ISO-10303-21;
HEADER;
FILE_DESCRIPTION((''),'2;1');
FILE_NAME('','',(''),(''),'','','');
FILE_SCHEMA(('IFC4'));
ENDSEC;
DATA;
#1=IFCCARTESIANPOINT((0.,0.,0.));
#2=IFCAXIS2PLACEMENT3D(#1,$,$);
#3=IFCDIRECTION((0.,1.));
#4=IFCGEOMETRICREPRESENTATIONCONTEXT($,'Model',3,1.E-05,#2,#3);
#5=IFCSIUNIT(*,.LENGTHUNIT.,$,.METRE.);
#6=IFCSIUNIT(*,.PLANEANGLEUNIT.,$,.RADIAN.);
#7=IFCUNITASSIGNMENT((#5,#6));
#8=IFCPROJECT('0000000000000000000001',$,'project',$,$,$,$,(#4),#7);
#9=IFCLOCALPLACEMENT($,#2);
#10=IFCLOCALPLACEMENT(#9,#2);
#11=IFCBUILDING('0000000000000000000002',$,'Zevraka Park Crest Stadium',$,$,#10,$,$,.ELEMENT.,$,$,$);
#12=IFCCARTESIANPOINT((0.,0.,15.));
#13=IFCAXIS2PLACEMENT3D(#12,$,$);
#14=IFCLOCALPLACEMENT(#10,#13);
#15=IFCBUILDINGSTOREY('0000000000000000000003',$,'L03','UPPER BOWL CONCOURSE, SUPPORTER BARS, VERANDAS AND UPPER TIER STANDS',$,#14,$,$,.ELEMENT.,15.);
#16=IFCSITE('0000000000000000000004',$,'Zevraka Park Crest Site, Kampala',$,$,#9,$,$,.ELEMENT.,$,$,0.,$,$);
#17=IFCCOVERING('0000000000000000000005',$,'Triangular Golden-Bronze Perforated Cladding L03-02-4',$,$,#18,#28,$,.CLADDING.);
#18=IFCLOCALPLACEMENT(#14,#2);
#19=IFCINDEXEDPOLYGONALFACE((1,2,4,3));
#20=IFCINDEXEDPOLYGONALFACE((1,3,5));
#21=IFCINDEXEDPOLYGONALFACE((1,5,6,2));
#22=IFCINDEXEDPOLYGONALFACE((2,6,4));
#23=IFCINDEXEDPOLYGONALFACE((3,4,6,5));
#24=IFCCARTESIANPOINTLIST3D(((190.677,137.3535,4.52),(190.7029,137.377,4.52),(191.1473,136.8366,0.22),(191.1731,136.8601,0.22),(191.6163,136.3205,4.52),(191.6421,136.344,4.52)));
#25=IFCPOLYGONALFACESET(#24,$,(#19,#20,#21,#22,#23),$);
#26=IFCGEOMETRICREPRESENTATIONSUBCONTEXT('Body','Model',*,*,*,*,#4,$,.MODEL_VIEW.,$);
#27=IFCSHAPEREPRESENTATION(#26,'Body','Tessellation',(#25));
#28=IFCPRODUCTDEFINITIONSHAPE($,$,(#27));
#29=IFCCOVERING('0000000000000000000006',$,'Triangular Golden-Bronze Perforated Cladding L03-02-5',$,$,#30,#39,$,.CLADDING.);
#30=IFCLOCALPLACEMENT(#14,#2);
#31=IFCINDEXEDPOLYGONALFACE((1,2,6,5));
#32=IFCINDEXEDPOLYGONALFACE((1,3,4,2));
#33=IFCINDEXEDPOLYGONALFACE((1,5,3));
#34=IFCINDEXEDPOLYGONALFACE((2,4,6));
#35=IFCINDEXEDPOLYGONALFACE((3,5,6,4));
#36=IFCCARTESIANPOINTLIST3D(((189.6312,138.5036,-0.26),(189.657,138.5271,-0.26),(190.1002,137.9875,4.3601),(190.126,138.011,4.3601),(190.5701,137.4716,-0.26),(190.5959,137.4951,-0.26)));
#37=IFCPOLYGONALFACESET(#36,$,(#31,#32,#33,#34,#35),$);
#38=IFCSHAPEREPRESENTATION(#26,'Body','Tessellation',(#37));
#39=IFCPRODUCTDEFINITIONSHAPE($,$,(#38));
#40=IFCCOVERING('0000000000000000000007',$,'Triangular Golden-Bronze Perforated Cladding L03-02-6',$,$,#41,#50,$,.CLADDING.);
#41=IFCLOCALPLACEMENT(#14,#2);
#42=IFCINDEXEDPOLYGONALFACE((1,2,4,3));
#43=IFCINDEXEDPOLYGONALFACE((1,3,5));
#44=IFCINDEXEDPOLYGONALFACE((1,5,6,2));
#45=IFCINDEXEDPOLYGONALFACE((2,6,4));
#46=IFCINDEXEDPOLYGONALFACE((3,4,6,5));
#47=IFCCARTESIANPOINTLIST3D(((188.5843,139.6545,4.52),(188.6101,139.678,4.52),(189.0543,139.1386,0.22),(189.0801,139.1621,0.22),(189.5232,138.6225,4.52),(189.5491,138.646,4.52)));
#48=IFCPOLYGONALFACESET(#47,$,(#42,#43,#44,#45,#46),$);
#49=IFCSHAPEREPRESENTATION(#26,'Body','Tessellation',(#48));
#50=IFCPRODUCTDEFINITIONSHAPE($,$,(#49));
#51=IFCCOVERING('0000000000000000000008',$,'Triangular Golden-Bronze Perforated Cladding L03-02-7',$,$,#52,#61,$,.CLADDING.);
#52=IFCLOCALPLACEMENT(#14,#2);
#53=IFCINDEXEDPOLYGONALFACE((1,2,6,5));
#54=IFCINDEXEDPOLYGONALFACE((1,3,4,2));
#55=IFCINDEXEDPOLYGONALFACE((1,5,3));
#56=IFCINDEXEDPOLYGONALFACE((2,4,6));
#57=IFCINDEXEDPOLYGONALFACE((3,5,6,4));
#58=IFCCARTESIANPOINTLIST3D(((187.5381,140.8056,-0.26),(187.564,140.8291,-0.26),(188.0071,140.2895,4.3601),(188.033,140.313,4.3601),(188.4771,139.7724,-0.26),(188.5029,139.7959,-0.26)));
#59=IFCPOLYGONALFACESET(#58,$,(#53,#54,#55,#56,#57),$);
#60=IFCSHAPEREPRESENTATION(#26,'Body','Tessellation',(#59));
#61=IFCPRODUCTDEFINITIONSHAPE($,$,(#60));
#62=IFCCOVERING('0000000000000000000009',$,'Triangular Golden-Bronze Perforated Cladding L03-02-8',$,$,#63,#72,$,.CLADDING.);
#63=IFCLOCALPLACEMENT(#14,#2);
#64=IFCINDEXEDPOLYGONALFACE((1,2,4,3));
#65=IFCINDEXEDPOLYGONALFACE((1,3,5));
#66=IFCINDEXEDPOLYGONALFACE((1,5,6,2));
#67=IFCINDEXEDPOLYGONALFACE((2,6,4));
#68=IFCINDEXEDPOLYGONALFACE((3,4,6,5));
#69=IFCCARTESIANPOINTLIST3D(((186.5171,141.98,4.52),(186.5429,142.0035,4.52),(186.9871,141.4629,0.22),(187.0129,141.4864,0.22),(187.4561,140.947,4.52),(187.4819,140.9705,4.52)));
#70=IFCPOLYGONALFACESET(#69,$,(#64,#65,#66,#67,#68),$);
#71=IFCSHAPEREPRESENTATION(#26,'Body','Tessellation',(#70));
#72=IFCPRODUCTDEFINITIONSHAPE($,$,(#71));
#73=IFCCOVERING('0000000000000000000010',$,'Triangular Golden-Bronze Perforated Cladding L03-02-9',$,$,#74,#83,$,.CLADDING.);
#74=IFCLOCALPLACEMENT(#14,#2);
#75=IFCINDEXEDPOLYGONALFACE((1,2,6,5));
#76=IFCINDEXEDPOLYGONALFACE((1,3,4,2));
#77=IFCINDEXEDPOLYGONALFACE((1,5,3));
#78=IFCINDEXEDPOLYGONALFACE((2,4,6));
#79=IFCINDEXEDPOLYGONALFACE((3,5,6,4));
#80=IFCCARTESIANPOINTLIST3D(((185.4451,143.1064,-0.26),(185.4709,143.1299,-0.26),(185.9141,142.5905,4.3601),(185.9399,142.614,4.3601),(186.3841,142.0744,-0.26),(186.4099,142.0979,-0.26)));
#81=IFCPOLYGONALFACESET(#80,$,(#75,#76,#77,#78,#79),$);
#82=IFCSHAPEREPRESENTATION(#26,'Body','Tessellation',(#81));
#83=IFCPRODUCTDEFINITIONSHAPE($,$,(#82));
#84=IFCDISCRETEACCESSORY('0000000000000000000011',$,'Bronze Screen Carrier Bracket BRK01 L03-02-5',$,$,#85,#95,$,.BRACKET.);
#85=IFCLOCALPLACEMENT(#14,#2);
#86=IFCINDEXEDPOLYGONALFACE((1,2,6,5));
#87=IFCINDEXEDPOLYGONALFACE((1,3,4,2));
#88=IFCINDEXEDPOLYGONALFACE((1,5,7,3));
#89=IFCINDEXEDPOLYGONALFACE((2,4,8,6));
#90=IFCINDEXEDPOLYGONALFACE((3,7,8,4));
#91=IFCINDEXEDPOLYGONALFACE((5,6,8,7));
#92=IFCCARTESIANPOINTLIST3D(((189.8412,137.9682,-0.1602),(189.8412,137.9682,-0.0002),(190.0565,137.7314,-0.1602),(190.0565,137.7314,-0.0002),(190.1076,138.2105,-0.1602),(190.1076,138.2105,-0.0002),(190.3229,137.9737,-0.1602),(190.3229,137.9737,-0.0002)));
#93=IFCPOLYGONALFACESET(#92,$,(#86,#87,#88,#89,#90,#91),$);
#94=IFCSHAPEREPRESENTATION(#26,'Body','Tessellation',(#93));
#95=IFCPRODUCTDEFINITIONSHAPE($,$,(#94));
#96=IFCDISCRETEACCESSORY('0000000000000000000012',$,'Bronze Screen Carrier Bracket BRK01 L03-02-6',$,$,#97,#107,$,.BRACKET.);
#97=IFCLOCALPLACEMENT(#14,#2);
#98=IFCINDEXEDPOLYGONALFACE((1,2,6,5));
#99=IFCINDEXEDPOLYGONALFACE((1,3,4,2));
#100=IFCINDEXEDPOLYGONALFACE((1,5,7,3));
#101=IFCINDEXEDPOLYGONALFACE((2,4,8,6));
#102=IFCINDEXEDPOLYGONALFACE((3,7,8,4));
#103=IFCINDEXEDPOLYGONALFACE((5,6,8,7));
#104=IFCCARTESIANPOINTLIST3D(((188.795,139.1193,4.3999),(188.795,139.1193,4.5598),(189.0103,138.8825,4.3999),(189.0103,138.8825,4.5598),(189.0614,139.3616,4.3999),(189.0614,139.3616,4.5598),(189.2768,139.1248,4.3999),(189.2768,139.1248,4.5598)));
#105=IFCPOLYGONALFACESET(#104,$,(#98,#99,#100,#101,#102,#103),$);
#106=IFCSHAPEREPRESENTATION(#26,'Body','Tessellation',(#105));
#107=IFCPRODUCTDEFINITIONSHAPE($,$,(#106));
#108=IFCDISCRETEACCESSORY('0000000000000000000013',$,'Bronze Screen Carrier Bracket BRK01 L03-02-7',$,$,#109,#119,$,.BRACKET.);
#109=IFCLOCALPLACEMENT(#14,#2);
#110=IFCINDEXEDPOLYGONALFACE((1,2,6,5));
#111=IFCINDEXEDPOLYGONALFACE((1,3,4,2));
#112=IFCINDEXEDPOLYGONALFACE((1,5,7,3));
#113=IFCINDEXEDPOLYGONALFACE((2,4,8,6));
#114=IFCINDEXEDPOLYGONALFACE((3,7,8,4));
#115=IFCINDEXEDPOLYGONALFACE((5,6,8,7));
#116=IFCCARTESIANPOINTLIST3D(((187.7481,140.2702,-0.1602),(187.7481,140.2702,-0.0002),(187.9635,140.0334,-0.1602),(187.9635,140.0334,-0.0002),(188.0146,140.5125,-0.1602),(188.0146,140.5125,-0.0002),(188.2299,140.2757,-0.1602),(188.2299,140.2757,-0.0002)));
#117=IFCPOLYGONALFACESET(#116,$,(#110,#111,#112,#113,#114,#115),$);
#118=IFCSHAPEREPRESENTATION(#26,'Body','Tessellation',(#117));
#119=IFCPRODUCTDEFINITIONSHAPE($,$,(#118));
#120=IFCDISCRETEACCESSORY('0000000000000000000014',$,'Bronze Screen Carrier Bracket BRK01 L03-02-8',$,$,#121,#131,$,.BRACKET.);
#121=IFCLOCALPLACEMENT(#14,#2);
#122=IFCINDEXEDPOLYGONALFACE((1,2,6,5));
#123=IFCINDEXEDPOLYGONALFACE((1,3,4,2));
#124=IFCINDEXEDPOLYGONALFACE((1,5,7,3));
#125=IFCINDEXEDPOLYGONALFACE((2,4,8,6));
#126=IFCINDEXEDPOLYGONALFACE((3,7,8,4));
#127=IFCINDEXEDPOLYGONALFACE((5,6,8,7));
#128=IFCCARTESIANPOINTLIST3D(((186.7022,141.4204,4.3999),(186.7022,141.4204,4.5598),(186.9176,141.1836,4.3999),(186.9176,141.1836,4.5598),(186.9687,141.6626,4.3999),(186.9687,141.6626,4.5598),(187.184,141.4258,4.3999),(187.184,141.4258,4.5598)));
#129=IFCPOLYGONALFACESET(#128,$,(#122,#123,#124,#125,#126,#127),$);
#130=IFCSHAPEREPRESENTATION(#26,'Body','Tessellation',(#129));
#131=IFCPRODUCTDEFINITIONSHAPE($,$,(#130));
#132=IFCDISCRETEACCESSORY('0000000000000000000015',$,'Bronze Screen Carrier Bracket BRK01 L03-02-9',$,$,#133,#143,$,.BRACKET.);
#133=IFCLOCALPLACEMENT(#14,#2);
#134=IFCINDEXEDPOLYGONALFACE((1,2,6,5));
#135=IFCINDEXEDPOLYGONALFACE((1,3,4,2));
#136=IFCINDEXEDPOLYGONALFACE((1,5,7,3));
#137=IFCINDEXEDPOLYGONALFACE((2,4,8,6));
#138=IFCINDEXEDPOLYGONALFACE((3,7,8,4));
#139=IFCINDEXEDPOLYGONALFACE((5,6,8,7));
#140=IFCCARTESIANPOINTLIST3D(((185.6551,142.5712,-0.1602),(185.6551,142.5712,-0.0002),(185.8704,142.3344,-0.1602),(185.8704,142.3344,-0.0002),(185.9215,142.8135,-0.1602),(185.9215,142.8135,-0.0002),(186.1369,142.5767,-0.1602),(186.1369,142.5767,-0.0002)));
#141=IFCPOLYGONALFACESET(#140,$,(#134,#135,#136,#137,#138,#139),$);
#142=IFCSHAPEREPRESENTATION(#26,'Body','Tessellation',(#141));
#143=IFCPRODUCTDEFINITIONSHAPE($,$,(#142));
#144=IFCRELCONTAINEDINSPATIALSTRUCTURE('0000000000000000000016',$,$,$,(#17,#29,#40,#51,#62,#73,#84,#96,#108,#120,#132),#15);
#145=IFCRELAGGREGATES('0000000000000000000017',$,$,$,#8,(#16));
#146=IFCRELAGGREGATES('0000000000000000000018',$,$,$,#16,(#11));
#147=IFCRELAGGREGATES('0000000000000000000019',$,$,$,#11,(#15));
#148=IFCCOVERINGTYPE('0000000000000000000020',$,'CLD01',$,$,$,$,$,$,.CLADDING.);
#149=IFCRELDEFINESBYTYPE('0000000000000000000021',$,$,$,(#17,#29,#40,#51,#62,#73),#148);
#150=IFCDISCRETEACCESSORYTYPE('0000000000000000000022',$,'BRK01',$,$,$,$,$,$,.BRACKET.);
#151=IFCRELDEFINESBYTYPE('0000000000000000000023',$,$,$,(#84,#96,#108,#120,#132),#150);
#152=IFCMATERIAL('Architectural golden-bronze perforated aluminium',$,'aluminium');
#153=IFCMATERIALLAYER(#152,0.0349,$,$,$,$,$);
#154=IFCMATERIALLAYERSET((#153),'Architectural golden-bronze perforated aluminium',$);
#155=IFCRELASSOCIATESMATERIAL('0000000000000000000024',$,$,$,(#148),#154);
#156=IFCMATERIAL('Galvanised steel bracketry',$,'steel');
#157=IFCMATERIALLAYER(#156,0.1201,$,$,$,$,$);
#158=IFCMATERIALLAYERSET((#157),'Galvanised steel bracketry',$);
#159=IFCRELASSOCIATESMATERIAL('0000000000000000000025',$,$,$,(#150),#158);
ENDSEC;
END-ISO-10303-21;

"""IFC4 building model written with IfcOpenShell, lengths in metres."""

from ifc_helpers import new_model, si_unit, direction, frame, origin, origin_2d, place, context, subcontext, project, spatial, polyline, rectangle, outline, extrude, material, layer, layer_set, type_object, element, save


model = new_model("IFC4")

# Units and contexts
model_context = context("Model", 3, precision=1e-05, world=origin(), true_north=direction((0.0, 1.0)))
body_context = subcontext(model_context, "Body", "Model", "MODEL_VIEW")
ifc_project = project(units=[si_unit("LENGTHUNIT", "METRE"), si_unit("PLANEANGLEUNIT", "RADIAN")], contexts=[model_context])

# Site, building, storey
site_placement = place(None, origin())
site = spatial("IfcSite", under=ifc_project, at=site_placement, Name="Zevraka Park Crest Site, Kampala", CompositionType="ELEMENT", RefElevation=0.0)
building_placement = place(site_placement, origin())
building = spatial("IfcBuilding", under=site, at=building_placement, Name="Zevraka Park Crest Stadium", CompositionType="ELEMENT")
storey_placement = place(building_placement, frame((0.0, 0.0, 15.0)))
storey = spatial("IfcBuildingStorey", under=building, at=storey_placement, Name="L03", Description="UPPER BOWL CONCOURSE, SUPPORTER BARS, VERANDAS AND UPPER TIER STANDS", CompositionType="ELEMENT", Elevation=15.0)

# Coverings
ifc_material_1 = material(Name="Architectural golden-bronze perforated aluminium", Category="aluminium")
ifc_layer_1 = layer(ifc_material_1, 0.0349)
ifc_layer_set_1 = layer_set([ifc_layer_1], Name="Architectural golden-bronze perforated aluminium")
covering_type = type_object("IfcCoveringType", Name="CLD01", PredefinedType="CLADDING", material=ifc_layer_set_1)
covering_1_placement = place(storey_placement, frame((190.7029, 137.377, 4.52), z_axis=(0.739885, 0.672734, 0.000048), x_axis=(0.672734, -0.739885, 0.0)))
element("IfcCovering", 1, at=covering_1_placement, inside=storey, type_object=covering_type, Name="Triangular Golden-Bronze Perforated Cladding L03-02-4", PredefinedType="CLADDING", context=body_context, shape_type="SweptSolid", body=[
    extrude(outline(polyline([(0.0, 0.0), (1.3961, 0.0), (0.6987, 4.3), (0.0, 0.0)])), origin(), (0.0, 0.0, -1.0), 0.0349),
])
covering_2_placement = place(storey_placement, frame((190.5959, 137.4951, -0.26), z_axis=(0.739655, 0.672986, 0.000096), x_axis=(-0.672986, 0.739655, 0.0)))
element("IfcCovering", 2, at=covering_2_placement, inside=storey, type_object=covering_type, Name="Triangular Golden-Bronze Perforated Cladding L03-02-5", PredefinedType="CLADDING", context=body_context, shape_type="SweptSolid", body=[
    extrude(outline(polyline([(0.0, 0.0), (1.3952, 0.0), (0.6978, 4.6201), (0.0, 0.0)])), origin(), (0.0, 0.0, -1.0), 0.0349),
])
covering_3_placement = place(storey_placement, frame((188.6101, 139.678, 4.52), z_axis=(0.739655, 0.672986, 0.000103), x_axis=(0.672986, -0.739655, 0.0)))
element("IfcCovering", 3, at=covering_3_placement, inside=storey, type_object=covering_type, Name="Triangular Golden-Bronze Perforated Cladding L03-02-6", PredefinedType="CLADDING", context=body_context, shape_type="SweptSolid", body=[
    extrude(outline(polyline([(0.0, 0.0), (1.3952, 0.0), (0.6978, 4.3), (0.0, 0.0)])), origin(), (0.0, 0.0, -1.0), 0.0349),
])
covering_4_placement = place(storey_placement, frame((188.5029, 139.7959, -0.26), z_axis=(0.740051, 0.672551, 0.000007), x_axis=(-0.672551, 0.740051, 0.0)))
element("IfcCovering", 4, at=covering_4_placement, inside=storey, type_object=covering_type, Name="Triangular Golden-Bronze Perforated Cladding L03-02-7", PredefinedType="CLADDING", context=body_context, shape_type="SweptSolid", body=[
    extrude(outline(polyline([(0.0, 0.0), (1.3961, 0.0), (0.6988, 4.6201), (0.0, 0.0)])), origin(), (0.0, 0.0, -1.0), 0.0349),
])
covering_5_placement = place(storey_placement, frame((186.5171, 141.98, 4.52), z_axis=(-0.739972, -0.672638, 0.000011), x_axis=(0.672638, -0.739972, 0.0)))
element("IfcCovering", 5, at=covering_5_placement, inside=storey, type_object=covering_type, Name="Triangular Golden-Bronze Perforated Cladding L03-02-8", PredefinedType="CLADDING", context=body_context, shape_type="SweptSolid", body=[
    extrude(outline(polyline([(0.0, 0.0), (1.3959, 0.0), (0.6988, -4.3), (0.0, 0.0)])), origin(), (0.0, 0.0, -1.0), 0.0349),
])
covering_6_placement = place(storey_placement, frame((186.4099, 142.0979, -0.26), z_axis=(0.739655, 0.672986, 0.00006), x_axis=(-0.672986, 0.739655, 0.0)))
element("IfcCovering", 6, at=covering_6_placement, inside=storey, type_object=covering_type, Name="Triangular Golden-Bronze Perforated Cladding L03-02-9", PredefinedType="CLADDING", context=body_context, shape_type="SweptSolid", body=[
    extrude(outline(polyline([(0.0, 0.0), (1.3952, 0.0), (0.698, 4.6201), (0.0, 0.0)])), origin(), (0.0, 0.0, -1.0), 0.0349),
])

# Discrete accessories
ifc_material_2 = material(Name="Galvanised steel bracketry", Category="steel")
ifc_layer_2 = layer(ifc_material_2, 0.1201)
ifc_layer_set_2 = layer_set([ifc_layer_2], Name="Galvanised steel bracketry")
discrete_accessory_type = type_object("IfcDiscreteAccessoryType", Name="BRK01", PredefinedType="BRACKET", material=ifc_layer_set_2)
for number, where, z_axis, x_axis, name in (
    (7, (190.082, 137.9709, -0.1602), (0.0, 0.0, 1.0), (-0.672754, 0.739866, 0.0), "Bronze Screen Carrier Bracket BRK01 L03-02-5"),
    (8, (189.0359, 139.1221, 4.3999), (0.0, 0.0, 1.0), (-0.672754, 0.739866, 0.0), "Bronze Screen Carrier Bracket BRK01 L03-02-6"),
    (9, (187.989, 140.2729, -0.1602), (0.0, 0.0, 1.0), (-0.672754, 0.739866, 0.0), "Bronze Screen Carrier Bracket BRK01 L03-02-7"),
    (10, (186.9431, 141.4231, 4.3999), (0.0, 0.0, 1.0), (-0.672754, 0.739866, 0.0), "Bronze Screen Carrier Bracket BRK01 L03-02-8"),
    (11, (185.896, 142.574, -0.1602), (0.0, 0.0, 1.0), (-0.672754, 0.739866, 0.0), "Bronze Screen Carrier Bracket BRK01 L03-02-9"),
):
    element("IfcDiscreteAccessory", number, at=place(storey_placement, frame(where, z_axis=z_axis, x_axis=x_axis)), inside=storey, type_object=discrete_accessory_type, Name=name, PredefinedType="BRACKET", context=body_context, shape_type="SweptSolid", body=[
        extrude(rectangle(XDim=0.3201, YDim=0.3601, at=origin_2d()), origin(), (0.0, 0.0, 1.0), 0.1599),
    ])

save(model, "model.ifc")
